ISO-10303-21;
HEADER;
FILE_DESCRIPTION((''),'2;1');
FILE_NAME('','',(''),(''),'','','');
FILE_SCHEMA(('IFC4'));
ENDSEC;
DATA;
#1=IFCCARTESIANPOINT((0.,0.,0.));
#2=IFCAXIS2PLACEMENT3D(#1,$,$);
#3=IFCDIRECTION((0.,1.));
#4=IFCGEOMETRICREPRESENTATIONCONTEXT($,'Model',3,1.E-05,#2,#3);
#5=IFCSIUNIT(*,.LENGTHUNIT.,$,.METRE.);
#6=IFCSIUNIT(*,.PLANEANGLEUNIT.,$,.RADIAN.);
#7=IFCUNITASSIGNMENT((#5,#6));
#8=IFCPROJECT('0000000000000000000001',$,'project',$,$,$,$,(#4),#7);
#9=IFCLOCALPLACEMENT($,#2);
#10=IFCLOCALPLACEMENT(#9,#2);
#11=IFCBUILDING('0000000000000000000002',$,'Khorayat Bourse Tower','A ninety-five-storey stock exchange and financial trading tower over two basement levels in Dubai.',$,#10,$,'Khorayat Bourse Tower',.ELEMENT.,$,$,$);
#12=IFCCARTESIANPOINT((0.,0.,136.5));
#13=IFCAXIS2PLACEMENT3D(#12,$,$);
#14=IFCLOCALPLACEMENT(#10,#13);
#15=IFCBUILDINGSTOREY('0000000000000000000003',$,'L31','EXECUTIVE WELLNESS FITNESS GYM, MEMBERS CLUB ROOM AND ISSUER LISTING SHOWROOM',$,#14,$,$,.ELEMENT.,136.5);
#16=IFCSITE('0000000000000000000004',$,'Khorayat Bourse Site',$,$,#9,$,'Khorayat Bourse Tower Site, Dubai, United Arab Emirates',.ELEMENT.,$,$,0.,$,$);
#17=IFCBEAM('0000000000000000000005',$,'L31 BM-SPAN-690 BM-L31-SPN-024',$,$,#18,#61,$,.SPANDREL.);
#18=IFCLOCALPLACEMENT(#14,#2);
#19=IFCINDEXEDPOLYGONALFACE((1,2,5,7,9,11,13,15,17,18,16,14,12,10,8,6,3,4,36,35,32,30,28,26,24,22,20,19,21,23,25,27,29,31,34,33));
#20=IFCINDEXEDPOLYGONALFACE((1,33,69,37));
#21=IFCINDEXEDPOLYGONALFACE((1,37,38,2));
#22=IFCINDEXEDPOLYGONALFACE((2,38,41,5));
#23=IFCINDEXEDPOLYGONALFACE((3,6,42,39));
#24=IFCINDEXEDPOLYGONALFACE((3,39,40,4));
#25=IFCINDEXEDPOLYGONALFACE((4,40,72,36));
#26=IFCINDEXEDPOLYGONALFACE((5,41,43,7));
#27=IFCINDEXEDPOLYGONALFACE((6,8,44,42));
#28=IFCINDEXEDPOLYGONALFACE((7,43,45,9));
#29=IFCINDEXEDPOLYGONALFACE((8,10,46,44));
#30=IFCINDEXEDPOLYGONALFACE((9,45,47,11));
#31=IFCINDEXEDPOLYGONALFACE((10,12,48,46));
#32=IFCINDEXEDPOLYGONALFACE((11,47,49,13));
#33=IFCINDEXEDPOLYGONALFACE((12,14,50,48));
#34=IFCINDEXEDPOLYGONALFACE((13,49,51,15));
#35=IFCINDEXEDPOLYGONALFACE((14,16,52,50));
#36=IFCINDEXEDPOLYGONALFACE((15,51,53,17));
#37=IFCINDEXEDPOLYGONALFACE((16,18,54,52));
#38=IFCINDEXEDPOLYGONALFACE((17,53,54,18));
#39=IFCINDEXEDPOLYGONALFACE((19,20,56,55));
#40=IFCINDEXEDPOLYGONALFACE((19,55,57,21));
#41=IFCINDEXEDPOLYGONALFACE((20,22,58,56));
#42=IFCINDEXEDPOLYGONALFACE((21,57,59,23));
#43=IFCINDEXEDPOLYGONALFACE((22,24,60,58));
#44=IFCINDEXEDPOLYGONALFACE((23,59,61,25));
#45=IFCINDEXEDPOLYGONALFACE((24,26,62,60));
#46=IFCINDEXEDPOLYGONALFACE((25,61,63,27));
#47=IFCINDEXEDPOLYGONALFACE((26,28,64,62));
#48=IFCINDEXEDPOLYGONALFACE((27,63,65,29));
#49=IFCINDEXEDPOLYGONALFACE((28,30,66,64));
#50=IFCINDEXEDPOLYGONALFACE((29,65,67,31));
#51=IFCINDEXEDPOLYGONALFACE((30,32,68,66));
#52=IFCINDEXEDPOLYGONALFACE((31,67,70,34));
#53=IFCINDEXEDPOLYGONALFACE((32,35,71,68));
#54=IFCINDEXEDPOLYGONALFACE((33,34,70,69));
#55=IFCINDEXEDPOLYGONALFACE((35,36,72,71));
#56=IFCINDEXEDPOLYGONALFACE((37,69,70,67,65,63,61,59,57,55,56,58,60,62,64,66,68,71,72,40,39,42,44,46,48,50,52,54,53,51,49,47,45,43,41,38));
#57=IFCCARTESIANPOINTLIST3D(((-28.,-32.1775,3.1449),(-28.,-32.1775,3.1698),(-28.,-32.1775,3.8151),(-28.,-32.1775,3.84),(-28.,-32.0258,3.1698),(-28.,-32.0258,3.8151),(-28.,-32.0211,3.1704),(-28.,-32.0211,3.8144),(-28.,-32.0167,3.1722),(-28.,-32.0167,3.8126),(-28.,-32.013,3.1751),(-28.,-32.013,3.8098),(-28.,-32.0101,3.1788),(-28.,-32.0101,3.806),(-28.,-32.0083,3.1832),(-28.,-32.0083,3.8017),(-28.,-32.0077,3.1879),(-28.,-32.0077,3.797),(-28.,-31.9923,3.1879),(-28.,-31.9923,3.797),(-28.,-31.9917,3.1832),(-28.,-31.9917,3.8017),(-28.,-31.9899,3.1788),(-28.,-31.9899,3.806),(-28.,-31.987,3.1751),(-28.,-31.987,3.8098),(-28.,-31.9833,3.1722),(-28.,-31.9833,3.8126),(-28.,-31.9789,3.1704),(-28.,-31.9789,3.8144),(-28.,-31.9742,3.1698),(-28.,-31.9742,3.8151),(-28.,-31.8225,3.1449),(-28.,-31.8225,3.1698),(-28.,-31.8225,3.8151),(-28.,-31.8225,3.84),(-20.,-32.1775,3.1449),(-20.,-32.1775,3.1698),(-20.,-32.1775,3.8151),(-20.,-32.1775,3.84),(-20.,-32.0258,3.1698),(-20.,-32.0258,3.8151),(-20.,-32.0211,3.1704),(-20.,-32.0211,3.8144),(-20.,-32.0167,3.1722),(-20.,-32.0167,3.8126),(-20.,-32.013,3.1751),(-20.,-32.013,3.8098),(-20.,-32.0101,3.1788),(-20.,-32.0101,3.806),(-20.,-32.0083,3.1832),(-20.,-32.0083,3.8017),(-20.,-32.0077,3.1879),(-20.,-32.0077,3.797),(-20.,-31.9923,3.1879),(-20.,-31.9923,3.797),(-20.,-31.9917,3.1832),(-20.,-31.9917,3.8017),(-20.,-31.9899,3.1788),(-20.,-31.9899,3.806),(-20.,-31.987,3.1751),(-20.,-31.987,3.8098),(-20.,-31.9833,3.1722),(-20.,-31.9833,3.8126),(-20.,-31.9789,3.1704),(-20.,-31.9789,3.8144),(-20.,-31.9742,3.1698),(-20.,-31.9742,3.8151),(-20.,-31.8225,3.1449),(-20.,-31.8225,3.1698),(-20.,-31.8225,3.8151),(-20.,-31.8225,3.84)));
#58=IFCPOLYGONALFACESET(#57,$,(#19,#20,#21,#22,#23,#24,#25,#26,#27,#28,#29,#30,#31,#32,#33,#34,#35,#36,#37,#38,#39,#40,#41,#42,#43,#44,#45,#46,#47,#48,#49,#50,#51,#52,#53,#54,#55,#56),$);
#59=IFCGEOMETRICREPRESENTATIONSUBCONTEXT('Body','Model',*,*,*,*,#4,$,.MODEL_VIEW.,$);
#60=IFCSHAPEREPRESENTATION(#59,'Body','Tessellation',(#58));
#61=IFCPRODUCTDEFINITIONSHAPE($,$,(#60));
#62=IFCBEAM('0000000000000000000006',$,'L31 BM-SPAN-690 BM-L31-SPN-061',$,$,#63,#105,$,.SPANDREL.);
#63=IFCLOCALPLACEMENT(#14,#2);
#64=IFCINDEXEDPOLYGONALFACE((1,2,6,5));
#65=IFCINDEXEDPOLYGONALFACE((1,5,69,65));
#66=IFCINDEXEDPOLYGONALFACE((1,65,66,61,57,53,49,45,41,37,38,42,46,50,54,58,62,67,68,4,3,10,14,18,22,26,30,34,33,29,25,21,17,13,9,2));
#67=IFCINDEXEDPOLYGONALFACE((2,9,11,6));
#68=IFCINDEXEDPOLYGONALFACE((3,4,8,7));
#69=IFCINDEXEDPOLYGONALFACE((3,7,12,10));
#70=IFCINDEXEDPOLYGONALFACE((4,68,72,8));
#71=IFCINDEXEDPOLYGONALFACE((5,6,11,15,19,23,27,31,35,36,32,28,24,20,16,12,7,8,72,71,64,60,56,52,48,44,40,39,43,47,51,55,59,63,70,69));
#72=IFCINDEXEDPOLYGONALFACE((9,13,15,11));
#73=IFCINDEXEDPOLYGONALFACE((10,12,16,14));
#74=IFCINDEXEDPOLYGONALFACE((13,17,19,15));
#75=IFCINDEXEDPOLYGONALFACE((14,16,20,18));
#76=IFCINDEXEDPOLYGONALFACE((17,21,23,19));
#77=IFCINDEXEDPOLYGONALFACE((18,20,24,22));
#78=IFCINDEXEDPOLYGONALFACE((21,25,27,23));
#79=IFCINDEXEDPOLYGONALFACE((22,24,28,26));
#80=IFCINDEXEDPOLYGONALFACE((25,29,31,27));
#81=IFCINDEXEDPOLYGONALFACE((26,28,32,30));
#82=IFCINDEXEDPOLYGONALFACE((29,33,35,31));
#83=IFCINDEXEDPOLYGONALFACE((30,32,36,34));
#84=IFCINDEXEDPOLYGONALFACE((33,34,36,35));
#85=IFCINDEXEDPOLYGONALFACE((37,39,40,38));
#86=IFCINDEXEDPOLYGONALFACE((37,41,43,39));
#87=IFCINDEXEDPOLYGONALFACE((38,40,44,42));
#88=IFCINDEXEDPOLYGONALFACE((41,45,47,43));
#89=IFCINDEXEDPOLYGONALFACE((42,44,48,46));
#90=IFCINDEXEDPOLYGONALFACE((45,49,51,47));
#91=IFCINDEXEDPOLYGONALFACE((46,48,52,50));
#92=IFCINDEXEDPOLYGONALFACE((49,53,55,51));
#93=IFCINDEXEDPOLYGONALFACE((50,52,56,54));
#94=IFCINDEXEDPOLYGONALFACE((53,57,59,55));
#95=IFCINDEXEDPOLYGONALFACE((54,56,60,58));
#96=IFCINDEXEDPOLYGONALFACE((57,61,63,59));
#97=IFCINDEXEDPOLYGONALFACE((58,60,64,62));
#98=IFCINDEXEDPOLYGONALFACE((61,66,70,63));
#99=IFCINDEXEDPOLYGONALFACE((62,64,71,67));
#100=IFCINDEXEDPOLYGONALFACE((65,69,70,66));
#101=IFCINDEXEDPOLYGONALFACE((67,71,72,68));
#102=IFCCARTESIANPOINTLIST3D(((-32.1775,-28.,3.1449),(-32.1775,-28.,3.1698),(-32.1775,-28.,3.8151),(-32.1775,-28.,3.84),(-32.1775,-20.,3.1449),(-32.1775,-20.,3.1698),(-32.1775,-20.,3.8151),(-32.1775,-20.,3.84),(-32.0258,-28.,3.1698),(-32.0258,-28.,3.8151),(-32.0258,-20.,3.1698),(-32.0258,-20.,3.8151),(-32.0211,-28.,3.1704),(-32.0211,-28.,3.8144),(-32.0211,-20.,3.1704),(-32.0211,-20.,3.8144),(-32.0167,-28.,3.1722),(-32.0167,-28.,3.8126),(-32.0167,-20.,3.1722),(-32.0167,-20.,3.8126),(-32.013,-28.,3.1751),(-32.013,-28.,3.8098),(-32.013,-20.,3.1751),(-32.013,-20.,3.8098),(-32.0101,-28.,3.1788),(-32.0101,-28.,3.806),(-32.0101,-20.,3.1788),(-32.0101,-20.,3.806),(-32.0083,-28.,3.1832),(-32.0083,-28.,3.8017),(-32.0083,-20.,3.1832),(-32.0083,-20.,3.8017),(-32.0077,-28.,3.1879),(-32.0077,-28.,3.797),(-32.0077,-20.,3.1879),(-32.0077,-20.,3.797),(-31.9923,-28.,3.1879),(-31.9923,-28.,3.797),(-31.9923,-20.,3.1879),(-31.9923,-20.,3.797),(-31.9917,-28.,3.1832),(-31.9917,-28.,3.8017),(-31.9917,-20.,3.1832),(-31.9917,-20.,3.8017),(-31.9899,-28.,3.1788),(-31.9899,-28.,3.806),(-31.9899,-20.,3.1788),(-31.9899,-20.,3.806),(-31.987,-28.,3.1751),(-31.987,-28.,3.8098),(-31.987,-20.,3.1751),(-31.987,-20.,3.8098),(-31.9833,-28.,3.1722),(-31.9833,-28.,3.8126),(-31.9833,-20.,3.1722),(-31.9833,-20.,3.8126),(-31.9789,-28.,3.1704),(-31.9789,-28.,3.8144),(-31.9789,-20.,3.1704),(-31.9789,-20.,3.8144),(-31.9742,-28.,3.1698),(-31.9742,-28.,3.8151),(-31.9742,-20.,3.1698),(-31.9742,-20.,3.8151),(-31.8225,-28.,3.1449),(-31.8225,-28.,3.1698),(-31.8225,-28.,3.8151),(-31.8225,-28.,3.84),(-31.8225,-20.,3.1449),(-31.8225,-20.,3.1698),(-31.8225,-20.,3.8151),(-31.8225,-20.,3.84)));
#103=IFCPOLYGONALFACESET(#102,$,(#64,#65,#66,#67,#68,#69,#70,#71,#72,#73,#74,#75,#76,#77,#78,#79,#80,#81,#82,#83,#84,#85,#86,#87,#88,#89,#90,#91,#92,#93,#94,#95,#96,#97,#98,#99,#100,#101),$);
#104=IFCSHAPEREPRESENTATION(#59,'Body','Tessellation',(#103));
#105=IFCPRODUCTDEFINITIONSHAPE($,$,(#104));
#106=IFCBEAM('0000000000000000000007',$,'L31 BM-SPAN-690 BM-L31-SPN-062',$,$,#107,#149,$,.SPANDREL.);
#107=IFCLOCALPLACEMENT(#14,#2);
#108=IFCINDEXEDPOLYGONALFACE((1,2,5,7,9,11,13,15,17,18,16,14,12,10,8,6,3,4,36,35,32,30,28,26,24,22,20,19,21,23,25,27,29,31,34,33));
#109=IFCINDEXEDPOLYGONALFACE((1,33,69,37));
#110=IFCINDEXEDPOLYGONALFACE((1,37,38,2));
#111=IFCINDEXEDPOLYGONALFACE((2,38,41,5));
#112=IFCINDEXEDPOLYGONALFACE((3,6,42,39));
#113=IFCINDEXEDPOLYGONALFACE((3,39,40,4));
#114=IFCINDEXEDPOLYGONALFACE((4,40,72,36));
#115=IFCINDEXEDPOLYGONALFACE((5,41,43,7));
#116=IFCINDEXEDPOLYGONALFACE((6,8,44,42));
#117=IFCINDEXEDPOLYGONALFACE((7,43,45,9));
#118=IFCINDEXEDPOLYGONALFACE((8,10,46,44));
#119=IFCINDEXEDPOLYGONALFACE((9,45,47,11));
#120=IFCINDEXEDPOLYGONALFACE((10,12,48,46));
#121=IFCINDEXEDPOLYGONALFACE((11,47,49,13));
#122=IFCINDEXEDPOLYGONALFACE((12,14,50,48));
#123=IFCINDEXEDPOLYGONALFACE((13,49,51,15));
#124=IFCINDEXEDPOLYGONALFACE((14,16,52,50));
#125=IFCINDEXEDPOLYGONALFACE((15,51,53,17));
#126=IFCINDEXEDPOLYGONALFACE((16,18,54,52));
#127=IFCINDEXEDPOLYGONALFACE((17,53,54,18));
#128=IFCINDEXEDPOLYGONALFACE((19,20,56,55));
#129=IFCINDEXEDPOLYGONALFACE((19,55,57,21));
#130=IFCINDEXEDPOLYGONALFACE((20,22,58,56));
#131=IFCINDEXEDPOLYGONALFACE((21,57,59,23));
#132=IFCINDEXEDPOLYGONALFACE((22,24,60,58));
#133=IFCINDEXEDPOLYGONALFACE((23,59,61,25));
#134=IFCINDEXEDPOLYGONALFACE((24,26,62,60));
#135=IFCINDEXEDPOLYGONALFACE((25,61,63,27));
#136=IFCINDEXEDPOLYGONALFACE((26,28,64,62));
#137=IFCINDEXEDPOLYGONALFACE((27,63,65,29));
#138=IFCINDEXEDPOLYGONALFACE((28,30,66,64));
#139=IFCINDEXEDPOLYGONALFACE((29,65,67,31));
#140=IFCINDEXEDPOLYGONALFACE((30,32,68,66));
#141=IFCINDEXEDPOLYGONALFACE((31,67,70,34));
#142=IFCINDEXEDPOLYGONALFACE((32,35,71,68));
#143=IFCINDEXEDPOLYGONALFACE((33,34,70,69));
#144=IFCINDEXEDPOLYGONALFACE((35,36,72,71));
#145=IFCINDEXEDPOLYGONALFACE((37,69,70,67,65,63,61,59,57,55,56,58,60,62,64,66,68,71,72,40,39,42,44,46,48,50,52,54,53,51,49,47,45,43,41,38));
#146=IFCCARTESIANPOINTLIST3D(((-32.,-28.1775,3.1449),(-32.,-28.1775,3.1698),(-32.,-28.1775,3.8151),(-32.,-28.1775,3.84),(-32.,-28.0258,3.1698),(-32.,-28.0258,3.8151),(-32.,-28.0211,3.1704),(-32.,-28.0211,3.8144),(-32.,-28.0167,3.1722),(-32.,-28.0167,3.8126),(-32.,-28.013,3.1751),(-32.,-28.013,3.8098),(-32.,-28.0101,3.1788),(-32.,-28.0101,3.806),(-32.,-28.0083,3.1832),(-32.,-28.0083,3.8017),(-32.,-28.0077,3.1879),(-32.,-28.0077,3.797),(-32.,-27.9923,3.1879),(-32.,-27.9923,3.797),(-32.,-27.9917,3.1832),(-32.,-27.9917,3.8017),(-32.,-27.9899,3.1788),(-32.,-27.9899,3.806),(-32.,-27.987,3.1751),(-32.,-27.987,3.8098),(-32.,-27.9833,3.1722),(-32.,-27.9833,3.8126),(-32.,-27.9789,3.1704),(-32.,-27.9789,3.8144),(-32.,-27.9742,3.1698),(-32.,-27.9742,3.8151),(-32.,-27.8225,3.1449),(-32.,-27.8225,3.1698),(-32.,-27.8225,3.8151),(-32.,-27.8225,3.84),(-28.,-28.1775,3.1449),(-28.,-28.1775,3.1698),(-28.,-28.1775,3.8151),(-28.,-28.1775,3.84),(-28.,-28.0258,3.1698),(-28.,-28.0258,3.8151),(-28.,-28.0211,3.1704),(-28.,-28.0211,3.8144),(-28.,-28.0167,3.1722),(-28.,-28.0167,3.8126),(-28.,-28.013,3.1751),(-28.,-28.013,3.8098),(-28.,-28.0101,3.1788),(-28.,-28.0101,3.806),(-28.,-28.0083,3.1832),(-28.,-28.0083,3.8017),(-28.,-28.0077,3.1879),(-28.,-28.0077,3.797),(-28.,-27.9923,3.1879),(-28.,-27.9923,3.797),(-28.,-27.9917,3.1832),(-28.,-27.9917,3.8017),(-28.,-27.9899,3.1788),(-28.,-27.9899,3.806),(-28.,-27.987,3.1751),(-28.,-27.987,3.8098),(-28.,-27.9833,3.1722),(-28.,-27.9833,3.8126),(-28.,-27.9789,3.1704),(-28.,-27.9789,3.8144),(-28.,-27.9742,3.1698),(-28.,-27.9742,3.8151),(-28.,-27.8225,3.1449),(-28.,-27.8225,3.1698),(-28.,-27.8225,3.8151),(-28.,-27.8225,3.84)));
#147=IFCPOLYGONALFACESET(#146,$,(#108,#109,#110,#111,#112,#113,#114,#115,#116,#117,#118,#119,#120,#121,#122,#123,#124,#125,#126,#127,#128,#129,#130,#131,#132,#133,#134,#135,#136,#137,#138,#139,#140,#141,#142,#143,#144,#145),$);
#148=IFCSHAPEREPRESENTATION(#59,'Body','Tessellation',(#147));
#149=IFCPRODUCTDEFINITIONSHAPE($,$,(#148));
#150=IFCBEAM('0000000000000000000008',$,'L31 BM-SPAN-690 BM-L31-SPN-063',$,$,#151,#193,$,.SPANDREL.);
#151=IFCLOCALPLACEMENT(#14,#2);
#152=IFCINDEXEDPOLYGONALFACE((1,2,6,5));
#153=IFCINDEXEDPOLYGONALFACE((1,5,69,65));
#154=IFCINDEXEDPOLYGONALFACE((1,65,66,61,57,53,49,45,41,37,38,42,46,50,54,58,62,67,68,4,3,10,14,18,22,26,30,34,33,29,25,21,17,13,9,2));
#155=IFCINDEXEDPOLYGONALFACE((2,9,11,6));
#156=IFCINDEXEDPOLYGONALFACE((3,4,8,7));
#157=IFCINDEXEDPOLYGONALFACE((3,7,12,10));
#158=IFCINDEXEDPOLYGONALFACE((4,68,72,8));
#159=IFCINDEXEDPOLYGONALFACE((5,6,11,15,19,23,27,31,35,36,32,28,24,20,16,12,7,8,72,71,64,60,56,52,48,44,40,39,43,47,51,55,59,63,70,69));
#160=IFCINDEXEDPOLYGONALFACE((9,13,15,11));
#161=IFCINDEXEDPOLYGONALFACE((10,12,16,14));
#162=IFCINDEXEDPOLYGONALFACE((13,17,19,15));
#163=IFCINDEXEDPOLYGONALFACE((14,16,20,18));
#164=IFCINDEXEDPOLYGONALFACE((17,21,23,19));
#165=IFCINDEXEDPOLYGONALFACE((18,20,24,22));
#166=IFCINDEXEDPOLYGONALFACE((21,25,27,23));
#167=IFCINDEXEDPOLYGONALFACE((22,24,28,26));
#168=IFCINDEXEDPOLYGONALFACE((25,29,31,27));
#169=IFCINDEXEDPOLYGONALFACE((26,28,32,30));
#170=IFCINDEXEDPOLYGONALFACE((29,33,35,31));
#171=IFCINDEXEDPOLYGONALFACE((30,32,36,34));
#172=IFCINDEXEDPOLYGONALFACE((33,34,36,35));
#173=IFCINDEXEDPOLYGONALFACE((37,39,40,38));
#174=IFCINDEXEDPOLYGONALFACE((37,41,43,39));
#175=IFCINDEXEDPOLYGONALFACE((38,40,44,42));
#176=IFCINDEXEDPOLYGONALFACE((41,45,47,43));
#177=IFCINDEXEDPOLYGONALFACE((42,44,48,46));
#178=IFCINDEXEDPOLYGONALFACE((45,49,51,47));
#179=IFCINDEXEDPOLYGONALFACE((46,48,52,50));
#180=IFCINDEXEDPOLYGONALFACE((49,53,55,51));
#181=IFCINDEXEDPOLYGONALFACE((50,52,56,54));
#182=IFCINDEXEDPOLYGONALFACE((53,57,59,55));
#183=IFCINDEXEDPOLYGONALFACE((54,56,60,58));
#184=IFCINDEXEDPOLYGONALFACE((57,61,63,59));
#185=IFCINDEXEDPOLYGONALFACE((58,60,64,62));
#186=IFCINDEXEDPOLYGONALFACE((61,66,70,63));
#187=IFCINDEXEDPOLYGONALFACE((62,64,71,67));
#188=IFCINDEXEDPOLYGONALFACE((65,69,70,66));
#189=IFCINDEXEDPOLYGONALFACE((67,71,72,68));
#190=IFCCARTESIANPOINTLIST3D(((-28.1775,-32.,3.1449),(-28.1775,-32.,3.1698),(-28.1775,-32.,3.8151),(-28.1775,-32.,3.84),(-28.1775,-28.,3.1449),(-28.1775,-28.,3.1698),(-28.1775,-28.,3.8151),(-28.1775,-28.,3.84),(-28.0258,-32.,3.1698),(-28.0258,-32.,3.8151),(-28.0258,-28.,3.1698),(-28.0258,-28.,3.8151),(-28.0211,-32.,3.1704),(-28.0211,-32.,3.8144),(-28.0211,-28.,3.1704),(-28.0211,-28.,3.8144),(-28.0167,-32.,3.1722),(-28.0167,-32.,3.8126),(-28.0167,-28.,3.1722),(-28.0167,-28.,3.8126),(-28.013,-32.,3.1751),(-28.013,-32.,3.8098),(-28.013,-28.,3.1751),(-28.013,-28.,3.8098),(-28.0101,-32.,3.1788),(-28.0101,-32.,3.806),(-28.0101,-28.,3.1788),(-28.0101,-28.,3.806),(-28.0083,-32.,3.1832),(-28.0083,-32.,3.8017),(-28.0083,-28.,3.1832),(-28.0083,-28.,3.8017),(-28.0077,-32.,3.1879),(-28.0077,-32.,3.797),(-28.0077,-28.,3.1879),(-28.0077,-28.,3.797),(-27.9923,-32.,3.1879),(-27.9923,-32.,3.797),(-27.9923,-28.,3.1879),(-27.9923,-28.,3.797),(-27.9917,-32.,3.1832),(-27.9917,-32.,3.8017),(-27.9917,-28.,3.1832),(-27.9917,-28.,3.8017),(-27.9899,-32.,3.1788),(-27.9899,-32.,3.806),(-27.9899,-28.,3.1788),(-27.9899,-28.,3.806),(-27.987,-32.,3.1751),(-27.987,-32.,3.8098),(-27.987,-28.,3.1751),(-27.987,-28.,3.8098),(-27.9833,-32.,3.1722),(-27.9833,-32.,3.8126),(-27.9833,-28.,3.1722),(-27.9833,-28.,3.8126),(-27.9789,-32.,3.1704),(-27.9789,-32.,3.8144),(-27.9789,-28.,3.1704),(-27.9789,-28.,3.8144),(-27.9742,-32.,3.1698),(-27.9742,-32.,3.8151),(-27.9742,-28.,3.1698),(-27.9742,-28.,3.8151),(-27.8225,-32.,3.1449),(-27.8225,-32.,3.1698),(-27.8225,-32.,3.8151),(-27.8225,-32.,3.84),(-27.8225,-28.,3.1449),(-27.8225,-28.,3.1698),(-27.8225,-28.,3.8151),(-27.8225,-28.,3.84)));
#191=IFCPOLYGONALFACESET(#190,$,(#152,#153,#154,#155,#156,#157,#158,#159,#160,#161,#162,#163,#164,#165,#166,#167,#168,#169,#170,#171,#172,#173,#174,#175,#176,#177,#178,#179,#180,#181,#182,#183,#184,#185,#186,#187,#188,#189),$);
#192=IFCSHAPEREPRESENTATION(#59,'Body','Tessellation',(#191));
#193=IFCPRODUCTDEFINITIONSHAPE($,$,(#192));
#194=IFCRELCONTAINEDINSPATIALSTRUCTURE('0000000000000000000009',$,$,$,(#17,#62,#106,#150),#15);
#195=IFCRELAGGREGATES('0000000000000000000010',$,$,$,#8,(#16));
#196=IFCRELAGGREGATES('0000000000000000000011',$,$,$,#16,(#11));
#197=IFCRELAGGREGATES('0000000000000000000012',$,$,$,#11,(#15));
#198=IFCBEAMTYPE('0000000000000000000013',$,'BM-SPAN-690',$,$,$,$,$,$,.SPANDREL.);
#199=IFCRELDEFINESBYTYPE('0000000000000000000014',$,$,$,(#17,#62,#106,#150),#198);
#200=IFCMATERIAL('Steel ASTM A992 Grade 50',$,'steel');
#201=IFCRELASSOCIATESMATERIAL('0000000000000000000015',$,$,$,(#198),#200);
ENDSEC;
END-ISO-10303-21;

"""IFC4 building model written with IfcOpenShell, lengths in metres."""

from ifc_helpers import new_model, si_unit, direction, frame, origin, origin_2d, place, context, subcontext, project, spatial, i_section, extrude, source, transform, mapped, material, material_profile, profile_set, type_object, element, save


model = new_model("IFC4")

# Units and contexts
model_context = context("Model", 3, precision=1e-05, world=origin(), true_north=direction((0.0, 1.0)))
body_context = subcontext(model_context, "Body", "Model", "MODEL_VIEW")
ifc_project = project(units=[si_unit("LENGTHUNIT", "METRE"), si_unit("PLANEANGLEUNIT", "RADIAN")], contexts=[model_context])

# Site, building, storey
site_placement = place(None, origin())
site = spatial("IfcSite", under=ifc_project, at=site_placement, Name="Khorayat Bourse Site", LongName="Khorayat Bourse Tower Site, Dubai, United Arab Emirates", CompositionType="ELEMENT", RefElevation=0.0)
building_placement = place(site_placement, origin())
building = spatial("IfcBuilding", under=site, at=building_placement, Name="Khorayat Bourse Tower", Description="A ninety-five-storey stock exchange and financial trading tower over two basement levels in Dubai.", LongName="Khorayat Bourse Tower", CompositionType="ELEMENT")
storey_placement = place(building_placement, frame((0.0, 0.0, 136.5)))
storey = spatial("IfcBuildingStorey", under=building, at=storey_placement, Name="L31", Description="EXECUTIVE WELLNESS FITNESS GYM, MEMBERS CLUB ROOM AND ISSUER LISTING SHOWROOM", CompositionType="ELEMENT", Elevation=136.5)

# Beams
ifc_material_1 = material(Name="Steel ASTM A992 Grade 50", Category="steel")
ifc_material_profile_1 = material_profile(ifc_material_1, i_section(OverallWidth=0.355, OverallDepth=0.6951, WebThickness=0.0154, FlangeThickness=0.0249, FilletRadius=0.0181, at=origin_2d()), Name="W690X217")
ifc_profile_set_1 = profile_set([ifc_material_profile_1], Name="Steel ASTM A992 Grade 50")
beam_type_1 = type_object("IfcBeamType", Name="BM-SPAN-690", PredefinedType="SPANDREL", material=ifc_profile_set_1)
shared_shape_1 = source(origin(), body_context, "Body", "SweptSolid", [
    extrude(i_section(OverallWidth=0.355, OverallDepth=0.6951, WebThickness=0.0154, FlangeThickness=0.0249, FilletRadius=0.0181, at=origin_2d()), origin(), (0.0, 0.0, 1.0), 8.0),
])
for number, where, z_axis, x_axis, name in (
    (1, (-28.0, -32.0, 3.4924), (1.0, 0.0, 0.0), (0.0, 1.0, 0.0), "L31 BM-SPAN-690 BM-L31-SPN-024"),
    (2, (-32.0, -28.0, 3.4924), (0.0, 1.0, 0.0), (-1.0, 0.0, 0.0), "L31 BM-SPAN-690 BM-L31-SPN-061"),
):
    element("IfcBeam", number, at=place(storey_placement, frame(where, z_axis=z_axis, x_axis=x_axis)), inside=storey, type_object=beam_type_1, Name=name, PredefinedType="SPANDREL", context=body_context, shape_type="MappedRepresentation", body=[
        mapped(shared_shape_1, transform((0.0, 0.0, 0.0), scale=1.0)),
    ])
shared_shape_2 = source(origin(), body_context, "Body", "SweptSolid", [
    extrude(i_section(OverallWidth=0.355, OverallDepth=0.6951, WebThickness=0.0154, FlangeThickness=0.0249, FilletRadius=0.0181, at=origin_2d()), origin(), (0.0, 0.0, 1.0), 4.0),
])
for number, where, z_axis, x_axis, name in (
    (3, (-32.0, -28.0, 3.4924), (1.0, 0.0, 0.0), (0.0, 1.0, 0.0), "L31 BM-SPAN-690 BM-L31-SPN-062"),
    (4, (-28.0, -32.0, 3.4924), (0.0, 1.0, 0.0), (-1.0, 0.0, 0.0), "L31 BM-SPAN-690 BM-L31-SPN-063"),
):
    element("IfcBeam", number, at=place(storey_placement, frame(where, z_axis=z_axis, x_axis=x_axis)), inside=storey, type_object=beam_type_1, Name=name, PredefinedType="SPANDREL", context=body_context, shape_type="MappedRepresentation", body=[
        mapped(shared_shape_2, transform((0.0, 0.0, 0.0), scale=1.0)),
    ])

save(model, "model.ifc")
